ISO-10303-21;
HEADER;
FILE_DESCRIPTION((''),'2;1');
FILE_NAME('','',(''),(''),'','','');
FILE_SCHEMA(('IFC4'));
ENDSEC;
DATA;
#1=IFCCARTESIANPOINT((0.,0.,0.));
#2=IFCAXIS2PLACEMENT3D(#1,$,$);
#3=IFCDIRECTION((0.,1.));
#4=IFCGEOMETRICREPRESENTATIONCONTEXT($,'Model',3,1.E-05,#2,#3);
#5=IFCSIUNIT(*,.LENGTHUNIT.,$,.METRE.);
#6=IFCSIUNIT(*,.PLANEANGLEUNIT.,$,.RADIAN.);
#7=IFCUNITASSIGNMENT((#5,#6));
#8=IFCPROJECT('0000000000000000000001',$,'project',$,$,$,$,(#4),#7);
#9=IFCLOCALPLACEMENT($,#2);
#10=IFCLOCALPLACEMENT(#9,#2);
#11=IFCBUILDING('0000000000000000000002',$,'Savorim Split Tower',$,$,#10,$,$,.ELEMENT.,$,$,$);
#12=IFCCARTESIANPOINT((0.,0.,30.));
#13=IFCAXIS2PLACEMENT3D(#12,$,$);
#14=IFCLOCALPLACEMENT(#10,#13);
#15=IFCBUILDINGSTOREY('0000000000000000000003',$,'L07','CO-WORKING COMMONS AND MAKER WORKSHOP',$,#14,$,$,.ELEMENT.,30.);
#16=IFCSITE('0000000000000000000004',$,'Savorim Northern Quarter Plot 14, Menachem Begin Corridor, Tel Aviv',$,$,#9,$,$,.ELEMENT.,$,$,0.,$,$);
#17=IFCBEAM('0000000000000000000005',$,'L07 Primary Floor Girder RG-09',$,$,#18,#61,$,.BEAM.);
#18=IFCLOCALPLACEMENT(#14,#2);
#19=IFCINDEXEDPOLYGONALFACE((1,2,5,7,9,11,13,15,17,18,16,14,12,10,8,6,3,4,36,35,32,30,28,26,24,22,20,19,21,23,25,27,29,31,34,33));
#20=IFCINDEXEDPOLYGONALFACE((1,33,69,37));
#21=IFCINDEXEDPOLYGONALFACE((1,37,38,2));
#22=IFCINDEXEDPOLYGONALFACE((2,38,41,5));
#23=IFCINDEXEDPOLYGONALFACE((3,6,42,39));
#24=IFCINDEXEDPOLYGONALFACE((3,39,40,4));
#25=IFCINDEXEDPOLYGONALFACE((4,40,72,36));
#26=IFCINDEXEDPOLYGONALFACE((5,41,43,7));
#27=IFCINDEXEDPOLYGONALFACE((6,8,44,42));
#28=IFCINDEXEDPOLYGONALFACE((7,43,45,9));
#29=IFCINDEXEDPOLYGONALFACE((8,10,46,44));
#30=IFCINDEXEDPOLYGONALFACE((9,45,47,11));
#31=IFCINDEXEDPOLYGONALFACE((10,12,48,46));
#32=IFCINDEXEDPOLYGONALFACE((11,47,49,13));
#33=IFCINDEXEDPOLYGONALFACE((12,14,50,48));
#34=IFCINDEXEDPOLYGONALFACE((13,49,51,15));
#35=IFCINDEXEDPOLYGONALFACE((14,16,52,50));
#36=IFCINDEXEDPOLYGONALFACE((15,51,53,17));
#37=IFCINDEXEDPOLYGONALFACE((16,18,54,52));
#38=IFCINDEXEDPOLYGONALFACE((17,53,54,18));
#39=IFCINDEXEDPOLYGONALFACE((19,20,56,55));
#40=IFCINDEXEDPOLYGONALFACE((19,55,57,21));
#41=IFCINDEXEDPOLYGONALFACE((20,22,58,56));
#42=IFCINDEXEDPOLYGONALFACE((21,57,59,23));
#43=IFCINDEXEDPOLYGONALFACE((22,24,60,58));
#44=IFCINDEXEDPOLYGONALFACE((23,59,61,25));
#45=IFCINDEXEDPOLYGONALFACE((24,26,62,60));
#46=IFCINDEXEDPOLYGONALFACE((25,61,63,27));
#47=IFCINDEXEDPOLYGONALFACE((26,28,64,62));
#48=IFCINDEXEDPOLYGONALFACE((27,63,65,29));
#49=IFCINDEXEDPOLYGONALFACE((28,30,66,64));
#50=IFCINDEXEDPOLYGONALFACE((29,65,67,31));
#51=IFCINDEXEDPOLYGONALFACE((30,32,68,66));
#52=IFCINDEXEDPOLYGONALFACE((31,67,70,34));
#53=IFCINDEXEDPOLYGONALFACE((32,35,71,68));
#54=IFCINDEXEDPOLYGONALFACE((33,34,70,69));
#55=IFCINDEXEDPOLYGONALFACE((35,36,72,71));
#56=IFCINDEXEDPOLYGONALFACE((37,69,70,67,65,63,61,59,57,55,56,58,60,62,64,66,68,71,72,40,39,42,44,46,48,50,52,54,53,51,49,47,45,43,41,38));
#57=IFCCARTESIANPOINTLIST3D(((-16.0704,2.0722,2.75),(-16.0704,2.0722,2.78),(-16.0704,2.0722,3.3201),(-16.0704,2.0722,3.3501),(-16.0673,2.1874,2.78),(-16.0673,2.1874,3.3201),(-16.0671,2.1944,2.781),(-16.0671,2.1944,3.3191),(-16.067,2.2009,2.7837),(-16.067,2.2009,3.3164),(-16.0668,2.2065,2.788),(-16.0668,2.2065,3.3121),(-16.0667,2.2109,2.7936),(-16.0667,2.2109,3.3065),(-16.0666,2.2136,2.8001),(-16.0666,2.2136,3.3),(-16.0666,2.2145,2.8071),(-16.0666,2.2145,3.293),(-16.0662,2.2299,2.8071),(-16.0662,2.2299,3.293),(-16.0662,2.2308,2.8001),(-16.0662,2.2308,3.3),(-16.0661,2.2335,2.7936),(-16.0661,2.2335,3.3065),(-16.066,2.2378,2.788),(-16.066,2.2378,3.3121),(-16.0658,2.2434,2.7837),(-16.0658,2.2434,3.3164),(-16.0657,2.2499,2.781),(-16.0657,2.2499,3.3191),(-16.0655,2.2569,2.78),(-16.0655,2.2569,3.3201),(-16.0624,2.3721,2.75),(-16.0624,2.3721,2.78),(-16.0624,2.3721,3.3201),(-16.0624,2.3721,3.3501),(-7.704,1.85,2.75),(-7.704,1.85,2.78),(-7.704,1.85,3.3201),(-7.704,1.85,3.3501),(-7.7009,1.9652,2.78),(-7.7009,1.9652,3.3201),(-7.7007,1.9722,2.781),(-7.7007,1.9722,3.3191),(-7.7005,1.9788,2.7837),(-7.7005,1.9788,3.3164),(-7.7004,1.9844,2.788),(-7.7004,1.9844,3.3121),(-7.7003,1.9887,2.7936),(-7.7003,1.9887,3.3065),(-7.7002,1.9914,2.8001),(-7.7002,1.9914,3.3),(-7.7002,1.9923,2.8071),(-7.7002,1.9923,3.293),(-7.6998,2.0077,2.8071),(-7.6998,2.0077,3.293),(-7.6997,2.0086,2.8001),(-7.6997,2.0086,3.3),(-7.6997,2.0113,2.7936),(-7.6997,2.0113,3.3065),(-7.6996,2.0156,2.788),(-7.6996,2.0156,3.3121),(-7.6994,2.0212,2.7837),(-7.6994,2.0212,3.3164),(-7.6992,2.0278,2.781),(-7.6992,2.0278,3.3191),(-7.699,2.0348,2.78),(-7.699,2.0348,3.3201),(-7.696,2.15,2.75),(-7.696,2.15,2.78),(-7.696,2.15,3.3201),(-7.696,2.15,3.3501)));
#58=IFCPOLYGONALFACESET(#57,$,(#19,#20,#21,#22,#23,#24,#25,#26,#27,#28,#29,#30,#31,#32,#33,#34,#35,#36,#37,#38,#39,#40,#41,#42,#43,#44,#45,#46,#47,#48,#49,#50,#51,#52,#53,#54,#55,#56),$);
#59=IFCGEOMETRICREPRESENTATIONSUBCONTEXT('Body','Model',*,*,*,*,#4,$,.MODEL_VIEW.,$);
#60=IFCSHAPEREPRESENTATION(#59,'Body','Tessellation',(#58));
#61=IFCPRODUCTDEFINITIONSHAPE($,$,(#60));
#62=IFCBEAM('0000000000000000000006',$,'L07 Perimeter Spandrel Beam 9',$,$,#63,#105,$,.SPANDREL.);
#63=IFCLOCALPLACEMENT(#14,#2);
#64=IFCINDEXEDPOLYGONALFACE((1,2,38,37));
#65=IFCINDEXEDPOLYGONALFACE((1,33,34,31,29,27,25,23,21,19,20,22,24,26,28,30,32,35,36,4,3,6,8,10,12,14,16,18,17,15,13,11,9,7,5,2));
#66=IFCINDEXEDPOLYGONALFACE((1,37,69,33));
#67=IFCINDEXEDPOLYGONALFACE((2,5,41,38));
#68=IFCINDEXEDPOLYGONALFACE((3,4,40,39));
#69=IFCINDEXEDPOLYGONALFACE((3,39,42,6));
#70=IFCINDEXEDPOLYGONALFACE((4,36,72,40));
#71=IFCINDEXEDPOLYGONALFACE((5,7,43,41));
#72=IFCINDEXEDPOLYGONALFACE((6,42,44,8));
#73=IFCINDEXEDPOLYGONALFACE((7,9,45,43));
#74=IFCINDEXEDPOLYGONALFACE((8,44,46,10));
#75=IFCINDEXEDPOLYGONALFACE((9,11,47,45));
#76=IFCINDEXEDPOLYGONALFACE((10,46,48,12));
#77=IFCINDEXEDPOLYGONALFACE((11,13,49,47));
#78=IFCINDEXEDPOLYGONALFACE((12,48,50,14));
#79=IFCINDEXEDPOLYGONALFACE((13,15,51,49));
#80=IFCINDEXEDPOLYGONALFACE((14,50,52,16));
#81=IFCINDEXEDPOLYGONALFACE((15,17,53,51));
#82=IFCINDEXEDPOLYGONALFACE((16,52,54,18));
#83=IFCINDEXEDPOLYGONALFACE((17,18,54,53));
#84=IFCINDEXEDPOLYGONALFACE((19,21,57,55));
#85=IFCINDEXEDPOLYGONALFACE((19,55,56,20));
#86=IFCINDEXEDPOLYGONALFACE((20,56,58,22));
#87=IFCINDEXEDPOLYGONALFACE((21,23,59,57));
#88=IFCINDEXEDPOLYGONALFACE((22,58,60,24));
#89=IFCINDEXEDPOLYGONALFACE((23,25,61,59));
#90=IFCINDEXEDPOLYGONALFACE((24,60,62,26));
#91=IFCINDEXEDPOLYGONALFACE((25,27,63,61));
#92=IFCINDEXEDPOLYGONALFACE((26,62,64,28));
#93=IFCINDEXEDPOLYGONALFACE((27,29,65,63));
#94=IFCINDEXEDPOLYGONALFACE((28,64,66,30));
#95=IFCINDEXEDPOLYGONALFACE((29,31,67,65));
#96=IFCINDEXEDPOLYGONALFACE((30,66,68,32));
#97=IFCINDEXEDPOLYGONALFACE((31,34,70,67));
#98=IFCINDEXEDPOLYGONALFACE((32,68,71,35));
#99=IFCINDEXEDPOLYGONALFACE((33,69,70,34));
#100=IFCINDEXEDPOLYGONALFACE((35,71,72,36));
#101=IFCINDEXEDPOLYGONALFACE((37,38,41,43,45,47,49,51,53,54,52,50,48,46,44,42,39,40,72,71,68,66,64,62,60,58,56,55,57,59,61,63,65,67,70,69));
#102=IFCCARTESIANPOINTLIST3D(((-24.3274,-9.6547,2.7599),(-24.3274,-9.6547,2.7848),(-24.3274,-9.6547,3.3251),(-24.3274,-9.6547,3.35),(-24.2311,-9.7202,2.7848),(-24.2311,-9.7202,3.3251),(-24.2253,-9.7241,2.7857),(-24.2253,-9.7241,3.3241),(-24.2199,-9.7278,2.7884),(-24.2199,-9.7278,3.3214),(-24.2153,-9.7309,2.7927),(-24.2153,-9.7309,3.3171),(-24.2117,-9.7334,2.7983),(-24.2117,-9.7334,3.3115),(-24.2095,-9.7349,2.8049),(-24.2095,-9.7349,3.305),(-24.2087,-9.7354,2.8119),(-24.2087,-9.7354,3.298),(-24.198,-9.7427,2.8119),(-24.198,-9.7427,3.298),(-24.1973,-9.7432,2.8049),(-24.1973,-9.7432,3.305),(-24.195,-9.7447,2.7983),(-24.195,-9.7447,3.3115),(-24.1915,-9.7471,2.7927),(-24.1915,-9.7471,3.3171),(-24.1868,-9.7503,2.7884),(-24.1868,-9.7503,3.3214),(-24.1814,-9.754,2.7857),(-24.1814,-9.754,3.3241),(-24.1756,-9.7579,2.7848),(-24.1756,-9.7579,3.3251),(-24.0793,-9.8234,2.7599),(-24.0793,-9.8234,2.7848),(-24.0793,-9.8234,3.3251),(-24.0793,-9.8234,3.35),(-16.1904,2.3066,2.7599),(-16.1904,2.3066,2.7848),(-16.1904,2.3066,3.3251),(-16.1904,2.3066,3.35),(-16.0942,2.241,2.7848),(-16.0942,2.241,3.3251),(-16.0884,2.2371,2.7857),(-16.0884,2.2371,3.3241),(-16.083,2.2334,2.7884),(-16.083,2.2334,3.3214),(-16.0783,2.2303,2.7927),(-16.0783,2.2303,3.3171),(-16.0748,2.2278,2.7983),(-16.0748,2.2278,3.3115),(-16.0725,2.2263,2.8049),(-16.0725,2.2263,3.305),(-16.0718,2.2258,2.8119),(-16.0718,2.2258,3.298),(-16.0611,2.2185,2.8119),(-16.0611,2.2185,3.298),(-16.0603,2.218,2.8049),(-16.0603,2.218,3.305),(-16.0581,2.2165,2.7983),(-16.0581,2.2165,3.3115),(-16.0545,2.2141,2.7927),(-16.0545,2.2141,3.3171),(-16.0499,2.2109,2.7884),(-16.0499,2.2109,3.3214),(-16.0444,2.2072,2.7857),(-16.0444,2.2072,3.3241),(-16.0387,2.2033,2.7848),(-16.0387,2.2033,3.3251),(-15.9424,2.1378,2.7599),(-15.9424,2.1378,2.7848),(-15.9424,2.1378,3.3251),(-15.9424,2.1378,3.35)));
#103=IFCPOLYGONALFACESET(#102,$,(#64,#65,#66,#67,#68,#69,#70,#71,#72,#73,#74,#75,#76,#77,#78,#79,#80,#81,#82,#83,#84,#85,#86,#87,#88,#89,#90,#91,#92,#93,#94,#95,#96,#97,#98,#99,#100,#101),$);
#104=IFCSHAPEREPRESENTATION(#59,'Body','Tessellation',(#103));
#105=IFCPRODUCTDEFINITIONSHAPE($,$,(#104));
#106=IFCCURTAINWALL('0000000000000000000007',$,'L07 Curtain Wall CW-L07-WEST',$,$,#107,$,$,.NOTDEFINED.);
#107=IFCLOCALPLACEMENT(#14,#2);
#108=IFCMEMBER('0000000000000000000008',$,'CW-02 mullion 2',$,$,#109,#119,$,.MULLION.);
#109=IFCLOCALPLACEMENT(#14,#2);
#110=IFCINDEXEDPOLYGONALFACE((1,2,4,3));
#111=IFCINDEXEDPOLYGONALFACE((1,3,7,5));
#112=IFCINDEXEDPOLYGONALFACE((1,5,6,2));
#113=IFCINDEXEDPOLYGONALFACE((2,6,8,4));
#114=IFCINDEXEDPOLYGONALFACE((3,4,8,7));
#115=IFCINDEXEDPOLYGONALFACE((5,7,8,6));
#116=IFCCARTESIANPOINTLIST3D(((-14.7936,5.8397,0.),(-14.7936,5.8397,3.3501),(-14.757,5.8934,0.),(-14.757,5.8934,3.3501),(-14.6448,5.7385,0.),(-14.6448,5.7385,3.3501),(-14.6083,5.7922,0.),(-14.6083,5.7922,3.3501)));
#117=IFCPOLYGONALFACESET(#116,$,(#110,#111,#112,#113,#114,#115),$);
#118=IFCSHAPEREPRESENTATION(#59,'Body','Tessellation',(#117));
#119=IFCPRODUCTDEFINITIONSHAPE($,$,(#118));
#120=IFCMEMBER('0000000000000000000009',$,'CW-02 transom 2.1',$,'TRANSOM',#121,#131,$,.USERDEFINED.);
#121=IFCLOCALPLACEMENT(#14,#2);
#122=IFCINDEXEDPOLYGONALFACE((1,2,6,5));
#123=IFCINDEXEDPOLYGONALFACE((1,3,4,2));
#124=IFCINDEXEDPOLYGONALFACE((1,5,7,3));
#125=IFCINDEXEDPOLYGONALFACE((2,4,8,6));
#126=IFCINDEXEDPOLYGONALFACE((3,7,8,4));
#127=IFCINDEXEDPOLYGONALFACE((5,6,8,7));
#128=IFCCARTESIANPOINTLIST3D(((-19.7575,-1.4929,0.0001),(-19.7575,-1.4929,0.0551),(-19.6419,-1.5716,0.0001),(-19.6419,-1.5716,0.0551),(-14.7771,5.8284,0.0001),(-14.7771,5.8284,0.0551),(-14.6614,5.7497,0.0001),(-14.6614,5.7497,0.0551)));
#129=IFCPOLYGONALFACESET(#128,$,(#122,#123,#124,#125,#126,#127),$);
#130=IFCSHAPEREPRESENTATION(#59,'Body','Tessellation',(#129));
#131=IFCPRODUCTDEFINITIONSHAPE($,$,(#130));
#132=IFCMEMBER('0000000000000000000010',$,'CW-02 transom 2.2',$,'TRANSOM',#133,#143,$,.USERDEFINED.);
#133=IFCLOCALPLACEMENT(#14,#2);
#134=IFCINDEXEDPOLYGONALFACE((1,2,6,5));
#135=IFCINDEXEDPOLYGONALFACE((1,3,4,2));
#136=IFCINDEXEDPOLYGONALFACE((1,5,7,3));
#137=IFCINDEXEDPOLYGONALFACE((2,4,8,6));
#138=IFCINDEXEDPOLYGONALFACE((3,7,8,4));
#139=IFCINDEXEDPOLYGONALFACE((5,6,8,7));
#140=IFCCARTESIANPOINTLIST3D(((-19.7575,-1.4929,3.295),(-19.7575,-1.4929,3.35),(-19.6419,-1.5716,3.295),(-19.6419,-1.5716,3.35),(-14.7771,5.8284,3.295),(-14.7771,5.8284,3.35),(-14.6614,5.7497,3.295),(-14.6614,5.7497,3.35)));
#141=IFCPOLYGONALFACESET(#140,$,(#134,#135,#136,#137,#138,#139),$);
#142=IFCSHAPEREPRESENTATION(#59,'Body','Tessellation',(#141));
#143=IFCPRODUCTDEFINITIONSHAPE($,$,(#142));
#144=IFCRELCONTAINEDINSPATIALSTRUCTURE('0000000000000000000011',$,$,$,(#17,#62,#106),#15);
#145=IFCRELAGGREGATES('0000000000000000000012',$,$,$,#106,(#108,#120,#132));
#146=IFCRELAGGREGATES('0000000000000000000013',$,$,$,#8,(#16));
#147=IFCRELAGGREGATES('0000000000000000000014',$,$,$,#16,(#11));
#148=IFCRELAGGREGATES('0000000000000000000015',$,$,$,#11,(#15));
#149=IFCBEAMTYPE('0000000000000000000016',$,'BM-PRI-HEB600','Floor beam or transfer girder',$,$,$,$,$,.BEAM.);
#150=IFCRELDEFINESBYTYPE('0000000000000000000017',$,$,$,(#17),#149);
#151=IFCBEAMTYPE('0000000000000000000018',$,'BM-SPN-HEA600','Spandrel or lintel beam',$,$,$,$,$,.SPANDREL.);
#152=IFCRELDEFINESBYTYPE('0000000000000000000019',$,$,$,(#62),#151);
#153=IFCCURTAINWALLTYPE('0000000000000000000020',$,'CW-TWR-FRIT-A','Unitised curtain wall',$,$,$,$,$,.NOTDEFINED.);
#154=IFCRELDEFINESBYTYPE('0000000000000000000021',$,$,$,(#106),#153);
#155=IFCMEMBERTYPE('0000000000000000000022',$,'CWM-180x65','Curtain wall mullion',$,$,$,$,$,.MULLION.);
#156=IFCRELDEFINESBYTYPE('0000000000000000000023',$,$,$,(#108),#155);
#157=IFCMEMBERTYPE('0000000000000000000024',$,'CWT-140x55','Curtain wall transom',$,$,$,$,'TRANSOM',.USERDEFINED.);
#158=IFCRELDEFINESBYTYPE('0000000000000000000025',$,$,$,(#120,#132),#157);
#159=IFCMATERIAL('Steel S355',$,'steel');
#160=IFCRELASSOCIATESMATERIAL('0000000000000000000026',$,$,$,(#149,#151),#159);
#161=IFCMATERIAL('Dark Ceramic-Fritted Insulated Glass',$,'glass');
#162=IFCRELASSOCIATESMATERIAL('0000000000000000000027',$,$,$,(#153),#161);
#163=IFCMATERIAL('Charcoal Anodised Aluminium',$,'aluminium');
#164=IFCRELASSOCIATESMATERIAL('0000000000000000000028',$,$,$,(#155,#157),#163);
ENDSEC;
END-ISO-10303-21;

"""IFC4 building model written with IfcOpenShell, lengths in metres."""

from ifc_helpers import new_model, si_unit, direction, frame, origin, origin_2d, place, context, subcontext, project, spatial, rectangle, i_section, extrude, material, material_profile, profile_set, type_object, element, aggregate, save


model = new_model("IFC4")

# Units and contexts
model_context = context("Model", 3, precision=1e-05, world=origin(), true_north=direction((0.0, 1.0)))
body_context = subcontext(model_context, "Body", "Model", "MODEL_VIEW")
ifc_project = project(units=[si_unit("LENGTHUNIT", "METRE"), si_unit("PLANEANGLEUNIT", "RADIAN")], contexts=[model_context])

# Site, building, storey
site_placement = place(None, origin())
site = spatial("IfcSite", under=ifc_project, at=site_placement, Name="Savorim Northern Quarter Plot 14, Menachem Begin Corridor, Tel Aviv", CompositionType="ELEMENT", RefElevation=0.0)
building_placement = place(site_placement, origin())
building = spatial("IfcBuilding", under=site, at=building_placement, Name="Savorim Split Tower", CompositionType="ELEMENT")
storey_placement = place(building_placement, frame((0.0, 0.0, 30.0)))
storey = spatial("IfcBuildingStorey", under=building, at=storey_placement, Name="L07", Description="CO-WORKING COMMONS AND MAKER WORKSHOP", CompositionType="ELEMENT", Elevation=30.0)

# Beams
ifc_material_1 = material(Name="Steel S355", Category="steel")
ifc_material_profile_1 = material_profile(ifc_material_1, i_section(OverallWidth=0.3, OverallDepth=0.6001, WebThickness=0.0154, FlangeThickness=0.03, FilletRadius=0.0271, at=origin_2d()), Name="HEB 600")
ifc_profile_set_1 = profile_set([ifc_material_profile_1], Name="Steel S355")
beam_type_1 = type_object("IfcBeamType", Name="BM-PRI-HEB600", Description="Floor beam or transfer girder", PredefinedType="BEAM", material=ifc_profile_set_1)
beam_1_placement = place(storey_placement, frame((-16.0664, 2.2222, 3.05), z_axis=(0.999648, -0.026545, 0.0), x_axis=(0.026545, 0.999648, 0.0)))
element("IfcBeam", 1, at=beam_1_placement, inside=storey, type_object=beam_type_1, Name="L07 Primary Floor Girder RG-09", PredefinedType="BEAM", context=body_context, shape_type="SweptSolid", body=[
    extrude(i_section(OverallWidth=0.3, OverallDepth=0.6001, WebThickness=0.0154, FlangeThickness=0.03, FilletRadius=0.0271, at=origin_2d()), origin(), (0.0, 0.0, 1.0), 8.3694),
])
ifc_material_profile_2 = material_profile(ifc_material_1, i_section(OverallWidth=0.3, OverallDepth=0.5901, WebThickness=0.0129, FlangeThickness=0.0249, FilletRadius=0.0271, at=origin_2d()), Name="HEA 600")
ifc_profile_set_2 = profile_set([ifc_material_profile_2], Name="Steel S355")
beam_type_2 = type_object("IfcBeamType", Name="BM-SPN-HEA600", Description="Spandrel or lintel beam", PredefinedType="SPANDREL", material=ifc_profile_set_2)
beam_2_placement = place(storey_placement, frame((-16.0664, 2.2222, 3.0549), z_axis=(-0.562469, -0.826819, 0.0), x_axis=(0.826819, -0.562469, 0.0)))
element("IfcBeam", 2, at=beam_2_placement, inside=storey, type_object=beam_type_2, Name="L07 Perimeter Spandrel Beam 9", PredefinedType="SPANDREL", context=body_context, shape_type="SweptSolid", body=[
    extrude(i_section(OverallWidth=0.3, OverallDepth=0.5901, WebThickness=0.0129, FlangeThickness=0.0249, FilletRadius=0.0271, at=origin_2d()), origin(), (0.0, 0.0, 1.0), 14.4666),
])

# Curtain wall, members
ifc_material_2 = material(Name="Dark Ceramic-Fritted Insulated Glass", Category="glass")
curtain_wall_type = type_object("IfcCurtainWallType", Name="CW-TWR-FRIT-A", Description="Unitised curtain wall", PredefinedType="NOTDEFINED", material=ifc_material_2)
curtain_wall_placement = place(storey_placement, origin())
curtain_wall = element("IfcCurtainWall", 3, at=curtain_wall_placement, inside=storey, type_object=curtain_wall_type, Name="L07 Curtain Wall CW-L07-WEST", PredefinedType="NOTDEFINED")
ifc_material_3 = material(Name="Charcoal Anodised Aluminium", Category="aluminium")
ifc_material_profile_3 = material_profile(ifc_material_3, rectangle(XDim=0.1799, YDim=0.0649, at=origin_2d()), Name="ALU-M 180x65")
ifc_profile_set_3 = profile_set([ifc_material_profile_3], Name="Charcoal Anodised Aluminium")
member_type_1 = type_object("IfcMemberType", Name="CWM-180x65", Description="Curtain wall mullion", PredefinedType="MULLION", material=ifc_profile_set_3)
member_1_placement = place(storey_placement, frame((-14.7009, 5.8159, 0.0), z_axis=(0.0, 0.0, 1.0), x_axis=(0.826821, -0.562465, 0.0)))
member_1 = element("IfcMember", 4, at=member_1_placement, type_object=member_type_1, Name="CW-02 mullion 2", PredefinedType="MULLION", context=body_context, shape_type="SweptSolid", body=[
    extrude(rectangle(XDim=0.1799, YDim=0.0649, at=origin_2d()), origin(), (0.0, 0.0, 1.0), 3.3501),
])
ifc_material_profile_4 = material_profile(ifc_material_3, rectangle(XDim=0.1399, YDim=0.0549, at=origin_2d()), Name="ALU-T 140x55")
ifc_profile_set_4 = profile_set([ifc_material_profile_4], Name="Charcoal Anodised Aluminium")
member_type_2 = type_object("IfcMemberType", Name="CWT-140x55", Description="Curtain wall transom", ElementType="TRANSOM", PredefinedType="USERDEFINED", material=ifc_profile_set_4)
member_2_placement = place(storey_placement, frame((-14.7192, 5.7891, 0.0276), z_axis=(-0.562464, -0.826822, 0.0), x_axis=(0.826822, -0.562464, 0.0)))
member_2 = element("IfcMember", 5, at=member_2_placement, type_object=member_type_2, Name="CW-02 transom 2.1", ObjectType="TRANSOM", PredefinedType="USERDEFINED", context=body_context, shape_type="SweptSolid", body=[
    extrude(rectangle(XDim=0.1399, YDim=0.0549, at=origin_2d()), origin(), (0.0, 0.0, 1.0), 8.8547),
])
member_3_placement = place(storey_placement, frame((-14.7192, 5.7891, 3.3225), z_axis=(-0.562464, -0.826822, 0.0), x_axis=(0.826822, -0.562464, 0.0)))
member_3 = element("IfcMember", 6, at=member_3_placement, type_object=member_type_2, Name="CW-02 transom 2.2", ObjectType="TRANSOM", PredefinedType="USERDEFINED", context=body_context, shape_type="SweptSolid", body=[
    extrude(rectangle(XDim=0.1399, YDim=0.0549, at=origin_2d()), origin(), (0.0, 0.0, 1.0), 8.8547),
])
aggregate(curtain_wall, [member_1, member_2, member_3])

save(model, "model.ifc")
